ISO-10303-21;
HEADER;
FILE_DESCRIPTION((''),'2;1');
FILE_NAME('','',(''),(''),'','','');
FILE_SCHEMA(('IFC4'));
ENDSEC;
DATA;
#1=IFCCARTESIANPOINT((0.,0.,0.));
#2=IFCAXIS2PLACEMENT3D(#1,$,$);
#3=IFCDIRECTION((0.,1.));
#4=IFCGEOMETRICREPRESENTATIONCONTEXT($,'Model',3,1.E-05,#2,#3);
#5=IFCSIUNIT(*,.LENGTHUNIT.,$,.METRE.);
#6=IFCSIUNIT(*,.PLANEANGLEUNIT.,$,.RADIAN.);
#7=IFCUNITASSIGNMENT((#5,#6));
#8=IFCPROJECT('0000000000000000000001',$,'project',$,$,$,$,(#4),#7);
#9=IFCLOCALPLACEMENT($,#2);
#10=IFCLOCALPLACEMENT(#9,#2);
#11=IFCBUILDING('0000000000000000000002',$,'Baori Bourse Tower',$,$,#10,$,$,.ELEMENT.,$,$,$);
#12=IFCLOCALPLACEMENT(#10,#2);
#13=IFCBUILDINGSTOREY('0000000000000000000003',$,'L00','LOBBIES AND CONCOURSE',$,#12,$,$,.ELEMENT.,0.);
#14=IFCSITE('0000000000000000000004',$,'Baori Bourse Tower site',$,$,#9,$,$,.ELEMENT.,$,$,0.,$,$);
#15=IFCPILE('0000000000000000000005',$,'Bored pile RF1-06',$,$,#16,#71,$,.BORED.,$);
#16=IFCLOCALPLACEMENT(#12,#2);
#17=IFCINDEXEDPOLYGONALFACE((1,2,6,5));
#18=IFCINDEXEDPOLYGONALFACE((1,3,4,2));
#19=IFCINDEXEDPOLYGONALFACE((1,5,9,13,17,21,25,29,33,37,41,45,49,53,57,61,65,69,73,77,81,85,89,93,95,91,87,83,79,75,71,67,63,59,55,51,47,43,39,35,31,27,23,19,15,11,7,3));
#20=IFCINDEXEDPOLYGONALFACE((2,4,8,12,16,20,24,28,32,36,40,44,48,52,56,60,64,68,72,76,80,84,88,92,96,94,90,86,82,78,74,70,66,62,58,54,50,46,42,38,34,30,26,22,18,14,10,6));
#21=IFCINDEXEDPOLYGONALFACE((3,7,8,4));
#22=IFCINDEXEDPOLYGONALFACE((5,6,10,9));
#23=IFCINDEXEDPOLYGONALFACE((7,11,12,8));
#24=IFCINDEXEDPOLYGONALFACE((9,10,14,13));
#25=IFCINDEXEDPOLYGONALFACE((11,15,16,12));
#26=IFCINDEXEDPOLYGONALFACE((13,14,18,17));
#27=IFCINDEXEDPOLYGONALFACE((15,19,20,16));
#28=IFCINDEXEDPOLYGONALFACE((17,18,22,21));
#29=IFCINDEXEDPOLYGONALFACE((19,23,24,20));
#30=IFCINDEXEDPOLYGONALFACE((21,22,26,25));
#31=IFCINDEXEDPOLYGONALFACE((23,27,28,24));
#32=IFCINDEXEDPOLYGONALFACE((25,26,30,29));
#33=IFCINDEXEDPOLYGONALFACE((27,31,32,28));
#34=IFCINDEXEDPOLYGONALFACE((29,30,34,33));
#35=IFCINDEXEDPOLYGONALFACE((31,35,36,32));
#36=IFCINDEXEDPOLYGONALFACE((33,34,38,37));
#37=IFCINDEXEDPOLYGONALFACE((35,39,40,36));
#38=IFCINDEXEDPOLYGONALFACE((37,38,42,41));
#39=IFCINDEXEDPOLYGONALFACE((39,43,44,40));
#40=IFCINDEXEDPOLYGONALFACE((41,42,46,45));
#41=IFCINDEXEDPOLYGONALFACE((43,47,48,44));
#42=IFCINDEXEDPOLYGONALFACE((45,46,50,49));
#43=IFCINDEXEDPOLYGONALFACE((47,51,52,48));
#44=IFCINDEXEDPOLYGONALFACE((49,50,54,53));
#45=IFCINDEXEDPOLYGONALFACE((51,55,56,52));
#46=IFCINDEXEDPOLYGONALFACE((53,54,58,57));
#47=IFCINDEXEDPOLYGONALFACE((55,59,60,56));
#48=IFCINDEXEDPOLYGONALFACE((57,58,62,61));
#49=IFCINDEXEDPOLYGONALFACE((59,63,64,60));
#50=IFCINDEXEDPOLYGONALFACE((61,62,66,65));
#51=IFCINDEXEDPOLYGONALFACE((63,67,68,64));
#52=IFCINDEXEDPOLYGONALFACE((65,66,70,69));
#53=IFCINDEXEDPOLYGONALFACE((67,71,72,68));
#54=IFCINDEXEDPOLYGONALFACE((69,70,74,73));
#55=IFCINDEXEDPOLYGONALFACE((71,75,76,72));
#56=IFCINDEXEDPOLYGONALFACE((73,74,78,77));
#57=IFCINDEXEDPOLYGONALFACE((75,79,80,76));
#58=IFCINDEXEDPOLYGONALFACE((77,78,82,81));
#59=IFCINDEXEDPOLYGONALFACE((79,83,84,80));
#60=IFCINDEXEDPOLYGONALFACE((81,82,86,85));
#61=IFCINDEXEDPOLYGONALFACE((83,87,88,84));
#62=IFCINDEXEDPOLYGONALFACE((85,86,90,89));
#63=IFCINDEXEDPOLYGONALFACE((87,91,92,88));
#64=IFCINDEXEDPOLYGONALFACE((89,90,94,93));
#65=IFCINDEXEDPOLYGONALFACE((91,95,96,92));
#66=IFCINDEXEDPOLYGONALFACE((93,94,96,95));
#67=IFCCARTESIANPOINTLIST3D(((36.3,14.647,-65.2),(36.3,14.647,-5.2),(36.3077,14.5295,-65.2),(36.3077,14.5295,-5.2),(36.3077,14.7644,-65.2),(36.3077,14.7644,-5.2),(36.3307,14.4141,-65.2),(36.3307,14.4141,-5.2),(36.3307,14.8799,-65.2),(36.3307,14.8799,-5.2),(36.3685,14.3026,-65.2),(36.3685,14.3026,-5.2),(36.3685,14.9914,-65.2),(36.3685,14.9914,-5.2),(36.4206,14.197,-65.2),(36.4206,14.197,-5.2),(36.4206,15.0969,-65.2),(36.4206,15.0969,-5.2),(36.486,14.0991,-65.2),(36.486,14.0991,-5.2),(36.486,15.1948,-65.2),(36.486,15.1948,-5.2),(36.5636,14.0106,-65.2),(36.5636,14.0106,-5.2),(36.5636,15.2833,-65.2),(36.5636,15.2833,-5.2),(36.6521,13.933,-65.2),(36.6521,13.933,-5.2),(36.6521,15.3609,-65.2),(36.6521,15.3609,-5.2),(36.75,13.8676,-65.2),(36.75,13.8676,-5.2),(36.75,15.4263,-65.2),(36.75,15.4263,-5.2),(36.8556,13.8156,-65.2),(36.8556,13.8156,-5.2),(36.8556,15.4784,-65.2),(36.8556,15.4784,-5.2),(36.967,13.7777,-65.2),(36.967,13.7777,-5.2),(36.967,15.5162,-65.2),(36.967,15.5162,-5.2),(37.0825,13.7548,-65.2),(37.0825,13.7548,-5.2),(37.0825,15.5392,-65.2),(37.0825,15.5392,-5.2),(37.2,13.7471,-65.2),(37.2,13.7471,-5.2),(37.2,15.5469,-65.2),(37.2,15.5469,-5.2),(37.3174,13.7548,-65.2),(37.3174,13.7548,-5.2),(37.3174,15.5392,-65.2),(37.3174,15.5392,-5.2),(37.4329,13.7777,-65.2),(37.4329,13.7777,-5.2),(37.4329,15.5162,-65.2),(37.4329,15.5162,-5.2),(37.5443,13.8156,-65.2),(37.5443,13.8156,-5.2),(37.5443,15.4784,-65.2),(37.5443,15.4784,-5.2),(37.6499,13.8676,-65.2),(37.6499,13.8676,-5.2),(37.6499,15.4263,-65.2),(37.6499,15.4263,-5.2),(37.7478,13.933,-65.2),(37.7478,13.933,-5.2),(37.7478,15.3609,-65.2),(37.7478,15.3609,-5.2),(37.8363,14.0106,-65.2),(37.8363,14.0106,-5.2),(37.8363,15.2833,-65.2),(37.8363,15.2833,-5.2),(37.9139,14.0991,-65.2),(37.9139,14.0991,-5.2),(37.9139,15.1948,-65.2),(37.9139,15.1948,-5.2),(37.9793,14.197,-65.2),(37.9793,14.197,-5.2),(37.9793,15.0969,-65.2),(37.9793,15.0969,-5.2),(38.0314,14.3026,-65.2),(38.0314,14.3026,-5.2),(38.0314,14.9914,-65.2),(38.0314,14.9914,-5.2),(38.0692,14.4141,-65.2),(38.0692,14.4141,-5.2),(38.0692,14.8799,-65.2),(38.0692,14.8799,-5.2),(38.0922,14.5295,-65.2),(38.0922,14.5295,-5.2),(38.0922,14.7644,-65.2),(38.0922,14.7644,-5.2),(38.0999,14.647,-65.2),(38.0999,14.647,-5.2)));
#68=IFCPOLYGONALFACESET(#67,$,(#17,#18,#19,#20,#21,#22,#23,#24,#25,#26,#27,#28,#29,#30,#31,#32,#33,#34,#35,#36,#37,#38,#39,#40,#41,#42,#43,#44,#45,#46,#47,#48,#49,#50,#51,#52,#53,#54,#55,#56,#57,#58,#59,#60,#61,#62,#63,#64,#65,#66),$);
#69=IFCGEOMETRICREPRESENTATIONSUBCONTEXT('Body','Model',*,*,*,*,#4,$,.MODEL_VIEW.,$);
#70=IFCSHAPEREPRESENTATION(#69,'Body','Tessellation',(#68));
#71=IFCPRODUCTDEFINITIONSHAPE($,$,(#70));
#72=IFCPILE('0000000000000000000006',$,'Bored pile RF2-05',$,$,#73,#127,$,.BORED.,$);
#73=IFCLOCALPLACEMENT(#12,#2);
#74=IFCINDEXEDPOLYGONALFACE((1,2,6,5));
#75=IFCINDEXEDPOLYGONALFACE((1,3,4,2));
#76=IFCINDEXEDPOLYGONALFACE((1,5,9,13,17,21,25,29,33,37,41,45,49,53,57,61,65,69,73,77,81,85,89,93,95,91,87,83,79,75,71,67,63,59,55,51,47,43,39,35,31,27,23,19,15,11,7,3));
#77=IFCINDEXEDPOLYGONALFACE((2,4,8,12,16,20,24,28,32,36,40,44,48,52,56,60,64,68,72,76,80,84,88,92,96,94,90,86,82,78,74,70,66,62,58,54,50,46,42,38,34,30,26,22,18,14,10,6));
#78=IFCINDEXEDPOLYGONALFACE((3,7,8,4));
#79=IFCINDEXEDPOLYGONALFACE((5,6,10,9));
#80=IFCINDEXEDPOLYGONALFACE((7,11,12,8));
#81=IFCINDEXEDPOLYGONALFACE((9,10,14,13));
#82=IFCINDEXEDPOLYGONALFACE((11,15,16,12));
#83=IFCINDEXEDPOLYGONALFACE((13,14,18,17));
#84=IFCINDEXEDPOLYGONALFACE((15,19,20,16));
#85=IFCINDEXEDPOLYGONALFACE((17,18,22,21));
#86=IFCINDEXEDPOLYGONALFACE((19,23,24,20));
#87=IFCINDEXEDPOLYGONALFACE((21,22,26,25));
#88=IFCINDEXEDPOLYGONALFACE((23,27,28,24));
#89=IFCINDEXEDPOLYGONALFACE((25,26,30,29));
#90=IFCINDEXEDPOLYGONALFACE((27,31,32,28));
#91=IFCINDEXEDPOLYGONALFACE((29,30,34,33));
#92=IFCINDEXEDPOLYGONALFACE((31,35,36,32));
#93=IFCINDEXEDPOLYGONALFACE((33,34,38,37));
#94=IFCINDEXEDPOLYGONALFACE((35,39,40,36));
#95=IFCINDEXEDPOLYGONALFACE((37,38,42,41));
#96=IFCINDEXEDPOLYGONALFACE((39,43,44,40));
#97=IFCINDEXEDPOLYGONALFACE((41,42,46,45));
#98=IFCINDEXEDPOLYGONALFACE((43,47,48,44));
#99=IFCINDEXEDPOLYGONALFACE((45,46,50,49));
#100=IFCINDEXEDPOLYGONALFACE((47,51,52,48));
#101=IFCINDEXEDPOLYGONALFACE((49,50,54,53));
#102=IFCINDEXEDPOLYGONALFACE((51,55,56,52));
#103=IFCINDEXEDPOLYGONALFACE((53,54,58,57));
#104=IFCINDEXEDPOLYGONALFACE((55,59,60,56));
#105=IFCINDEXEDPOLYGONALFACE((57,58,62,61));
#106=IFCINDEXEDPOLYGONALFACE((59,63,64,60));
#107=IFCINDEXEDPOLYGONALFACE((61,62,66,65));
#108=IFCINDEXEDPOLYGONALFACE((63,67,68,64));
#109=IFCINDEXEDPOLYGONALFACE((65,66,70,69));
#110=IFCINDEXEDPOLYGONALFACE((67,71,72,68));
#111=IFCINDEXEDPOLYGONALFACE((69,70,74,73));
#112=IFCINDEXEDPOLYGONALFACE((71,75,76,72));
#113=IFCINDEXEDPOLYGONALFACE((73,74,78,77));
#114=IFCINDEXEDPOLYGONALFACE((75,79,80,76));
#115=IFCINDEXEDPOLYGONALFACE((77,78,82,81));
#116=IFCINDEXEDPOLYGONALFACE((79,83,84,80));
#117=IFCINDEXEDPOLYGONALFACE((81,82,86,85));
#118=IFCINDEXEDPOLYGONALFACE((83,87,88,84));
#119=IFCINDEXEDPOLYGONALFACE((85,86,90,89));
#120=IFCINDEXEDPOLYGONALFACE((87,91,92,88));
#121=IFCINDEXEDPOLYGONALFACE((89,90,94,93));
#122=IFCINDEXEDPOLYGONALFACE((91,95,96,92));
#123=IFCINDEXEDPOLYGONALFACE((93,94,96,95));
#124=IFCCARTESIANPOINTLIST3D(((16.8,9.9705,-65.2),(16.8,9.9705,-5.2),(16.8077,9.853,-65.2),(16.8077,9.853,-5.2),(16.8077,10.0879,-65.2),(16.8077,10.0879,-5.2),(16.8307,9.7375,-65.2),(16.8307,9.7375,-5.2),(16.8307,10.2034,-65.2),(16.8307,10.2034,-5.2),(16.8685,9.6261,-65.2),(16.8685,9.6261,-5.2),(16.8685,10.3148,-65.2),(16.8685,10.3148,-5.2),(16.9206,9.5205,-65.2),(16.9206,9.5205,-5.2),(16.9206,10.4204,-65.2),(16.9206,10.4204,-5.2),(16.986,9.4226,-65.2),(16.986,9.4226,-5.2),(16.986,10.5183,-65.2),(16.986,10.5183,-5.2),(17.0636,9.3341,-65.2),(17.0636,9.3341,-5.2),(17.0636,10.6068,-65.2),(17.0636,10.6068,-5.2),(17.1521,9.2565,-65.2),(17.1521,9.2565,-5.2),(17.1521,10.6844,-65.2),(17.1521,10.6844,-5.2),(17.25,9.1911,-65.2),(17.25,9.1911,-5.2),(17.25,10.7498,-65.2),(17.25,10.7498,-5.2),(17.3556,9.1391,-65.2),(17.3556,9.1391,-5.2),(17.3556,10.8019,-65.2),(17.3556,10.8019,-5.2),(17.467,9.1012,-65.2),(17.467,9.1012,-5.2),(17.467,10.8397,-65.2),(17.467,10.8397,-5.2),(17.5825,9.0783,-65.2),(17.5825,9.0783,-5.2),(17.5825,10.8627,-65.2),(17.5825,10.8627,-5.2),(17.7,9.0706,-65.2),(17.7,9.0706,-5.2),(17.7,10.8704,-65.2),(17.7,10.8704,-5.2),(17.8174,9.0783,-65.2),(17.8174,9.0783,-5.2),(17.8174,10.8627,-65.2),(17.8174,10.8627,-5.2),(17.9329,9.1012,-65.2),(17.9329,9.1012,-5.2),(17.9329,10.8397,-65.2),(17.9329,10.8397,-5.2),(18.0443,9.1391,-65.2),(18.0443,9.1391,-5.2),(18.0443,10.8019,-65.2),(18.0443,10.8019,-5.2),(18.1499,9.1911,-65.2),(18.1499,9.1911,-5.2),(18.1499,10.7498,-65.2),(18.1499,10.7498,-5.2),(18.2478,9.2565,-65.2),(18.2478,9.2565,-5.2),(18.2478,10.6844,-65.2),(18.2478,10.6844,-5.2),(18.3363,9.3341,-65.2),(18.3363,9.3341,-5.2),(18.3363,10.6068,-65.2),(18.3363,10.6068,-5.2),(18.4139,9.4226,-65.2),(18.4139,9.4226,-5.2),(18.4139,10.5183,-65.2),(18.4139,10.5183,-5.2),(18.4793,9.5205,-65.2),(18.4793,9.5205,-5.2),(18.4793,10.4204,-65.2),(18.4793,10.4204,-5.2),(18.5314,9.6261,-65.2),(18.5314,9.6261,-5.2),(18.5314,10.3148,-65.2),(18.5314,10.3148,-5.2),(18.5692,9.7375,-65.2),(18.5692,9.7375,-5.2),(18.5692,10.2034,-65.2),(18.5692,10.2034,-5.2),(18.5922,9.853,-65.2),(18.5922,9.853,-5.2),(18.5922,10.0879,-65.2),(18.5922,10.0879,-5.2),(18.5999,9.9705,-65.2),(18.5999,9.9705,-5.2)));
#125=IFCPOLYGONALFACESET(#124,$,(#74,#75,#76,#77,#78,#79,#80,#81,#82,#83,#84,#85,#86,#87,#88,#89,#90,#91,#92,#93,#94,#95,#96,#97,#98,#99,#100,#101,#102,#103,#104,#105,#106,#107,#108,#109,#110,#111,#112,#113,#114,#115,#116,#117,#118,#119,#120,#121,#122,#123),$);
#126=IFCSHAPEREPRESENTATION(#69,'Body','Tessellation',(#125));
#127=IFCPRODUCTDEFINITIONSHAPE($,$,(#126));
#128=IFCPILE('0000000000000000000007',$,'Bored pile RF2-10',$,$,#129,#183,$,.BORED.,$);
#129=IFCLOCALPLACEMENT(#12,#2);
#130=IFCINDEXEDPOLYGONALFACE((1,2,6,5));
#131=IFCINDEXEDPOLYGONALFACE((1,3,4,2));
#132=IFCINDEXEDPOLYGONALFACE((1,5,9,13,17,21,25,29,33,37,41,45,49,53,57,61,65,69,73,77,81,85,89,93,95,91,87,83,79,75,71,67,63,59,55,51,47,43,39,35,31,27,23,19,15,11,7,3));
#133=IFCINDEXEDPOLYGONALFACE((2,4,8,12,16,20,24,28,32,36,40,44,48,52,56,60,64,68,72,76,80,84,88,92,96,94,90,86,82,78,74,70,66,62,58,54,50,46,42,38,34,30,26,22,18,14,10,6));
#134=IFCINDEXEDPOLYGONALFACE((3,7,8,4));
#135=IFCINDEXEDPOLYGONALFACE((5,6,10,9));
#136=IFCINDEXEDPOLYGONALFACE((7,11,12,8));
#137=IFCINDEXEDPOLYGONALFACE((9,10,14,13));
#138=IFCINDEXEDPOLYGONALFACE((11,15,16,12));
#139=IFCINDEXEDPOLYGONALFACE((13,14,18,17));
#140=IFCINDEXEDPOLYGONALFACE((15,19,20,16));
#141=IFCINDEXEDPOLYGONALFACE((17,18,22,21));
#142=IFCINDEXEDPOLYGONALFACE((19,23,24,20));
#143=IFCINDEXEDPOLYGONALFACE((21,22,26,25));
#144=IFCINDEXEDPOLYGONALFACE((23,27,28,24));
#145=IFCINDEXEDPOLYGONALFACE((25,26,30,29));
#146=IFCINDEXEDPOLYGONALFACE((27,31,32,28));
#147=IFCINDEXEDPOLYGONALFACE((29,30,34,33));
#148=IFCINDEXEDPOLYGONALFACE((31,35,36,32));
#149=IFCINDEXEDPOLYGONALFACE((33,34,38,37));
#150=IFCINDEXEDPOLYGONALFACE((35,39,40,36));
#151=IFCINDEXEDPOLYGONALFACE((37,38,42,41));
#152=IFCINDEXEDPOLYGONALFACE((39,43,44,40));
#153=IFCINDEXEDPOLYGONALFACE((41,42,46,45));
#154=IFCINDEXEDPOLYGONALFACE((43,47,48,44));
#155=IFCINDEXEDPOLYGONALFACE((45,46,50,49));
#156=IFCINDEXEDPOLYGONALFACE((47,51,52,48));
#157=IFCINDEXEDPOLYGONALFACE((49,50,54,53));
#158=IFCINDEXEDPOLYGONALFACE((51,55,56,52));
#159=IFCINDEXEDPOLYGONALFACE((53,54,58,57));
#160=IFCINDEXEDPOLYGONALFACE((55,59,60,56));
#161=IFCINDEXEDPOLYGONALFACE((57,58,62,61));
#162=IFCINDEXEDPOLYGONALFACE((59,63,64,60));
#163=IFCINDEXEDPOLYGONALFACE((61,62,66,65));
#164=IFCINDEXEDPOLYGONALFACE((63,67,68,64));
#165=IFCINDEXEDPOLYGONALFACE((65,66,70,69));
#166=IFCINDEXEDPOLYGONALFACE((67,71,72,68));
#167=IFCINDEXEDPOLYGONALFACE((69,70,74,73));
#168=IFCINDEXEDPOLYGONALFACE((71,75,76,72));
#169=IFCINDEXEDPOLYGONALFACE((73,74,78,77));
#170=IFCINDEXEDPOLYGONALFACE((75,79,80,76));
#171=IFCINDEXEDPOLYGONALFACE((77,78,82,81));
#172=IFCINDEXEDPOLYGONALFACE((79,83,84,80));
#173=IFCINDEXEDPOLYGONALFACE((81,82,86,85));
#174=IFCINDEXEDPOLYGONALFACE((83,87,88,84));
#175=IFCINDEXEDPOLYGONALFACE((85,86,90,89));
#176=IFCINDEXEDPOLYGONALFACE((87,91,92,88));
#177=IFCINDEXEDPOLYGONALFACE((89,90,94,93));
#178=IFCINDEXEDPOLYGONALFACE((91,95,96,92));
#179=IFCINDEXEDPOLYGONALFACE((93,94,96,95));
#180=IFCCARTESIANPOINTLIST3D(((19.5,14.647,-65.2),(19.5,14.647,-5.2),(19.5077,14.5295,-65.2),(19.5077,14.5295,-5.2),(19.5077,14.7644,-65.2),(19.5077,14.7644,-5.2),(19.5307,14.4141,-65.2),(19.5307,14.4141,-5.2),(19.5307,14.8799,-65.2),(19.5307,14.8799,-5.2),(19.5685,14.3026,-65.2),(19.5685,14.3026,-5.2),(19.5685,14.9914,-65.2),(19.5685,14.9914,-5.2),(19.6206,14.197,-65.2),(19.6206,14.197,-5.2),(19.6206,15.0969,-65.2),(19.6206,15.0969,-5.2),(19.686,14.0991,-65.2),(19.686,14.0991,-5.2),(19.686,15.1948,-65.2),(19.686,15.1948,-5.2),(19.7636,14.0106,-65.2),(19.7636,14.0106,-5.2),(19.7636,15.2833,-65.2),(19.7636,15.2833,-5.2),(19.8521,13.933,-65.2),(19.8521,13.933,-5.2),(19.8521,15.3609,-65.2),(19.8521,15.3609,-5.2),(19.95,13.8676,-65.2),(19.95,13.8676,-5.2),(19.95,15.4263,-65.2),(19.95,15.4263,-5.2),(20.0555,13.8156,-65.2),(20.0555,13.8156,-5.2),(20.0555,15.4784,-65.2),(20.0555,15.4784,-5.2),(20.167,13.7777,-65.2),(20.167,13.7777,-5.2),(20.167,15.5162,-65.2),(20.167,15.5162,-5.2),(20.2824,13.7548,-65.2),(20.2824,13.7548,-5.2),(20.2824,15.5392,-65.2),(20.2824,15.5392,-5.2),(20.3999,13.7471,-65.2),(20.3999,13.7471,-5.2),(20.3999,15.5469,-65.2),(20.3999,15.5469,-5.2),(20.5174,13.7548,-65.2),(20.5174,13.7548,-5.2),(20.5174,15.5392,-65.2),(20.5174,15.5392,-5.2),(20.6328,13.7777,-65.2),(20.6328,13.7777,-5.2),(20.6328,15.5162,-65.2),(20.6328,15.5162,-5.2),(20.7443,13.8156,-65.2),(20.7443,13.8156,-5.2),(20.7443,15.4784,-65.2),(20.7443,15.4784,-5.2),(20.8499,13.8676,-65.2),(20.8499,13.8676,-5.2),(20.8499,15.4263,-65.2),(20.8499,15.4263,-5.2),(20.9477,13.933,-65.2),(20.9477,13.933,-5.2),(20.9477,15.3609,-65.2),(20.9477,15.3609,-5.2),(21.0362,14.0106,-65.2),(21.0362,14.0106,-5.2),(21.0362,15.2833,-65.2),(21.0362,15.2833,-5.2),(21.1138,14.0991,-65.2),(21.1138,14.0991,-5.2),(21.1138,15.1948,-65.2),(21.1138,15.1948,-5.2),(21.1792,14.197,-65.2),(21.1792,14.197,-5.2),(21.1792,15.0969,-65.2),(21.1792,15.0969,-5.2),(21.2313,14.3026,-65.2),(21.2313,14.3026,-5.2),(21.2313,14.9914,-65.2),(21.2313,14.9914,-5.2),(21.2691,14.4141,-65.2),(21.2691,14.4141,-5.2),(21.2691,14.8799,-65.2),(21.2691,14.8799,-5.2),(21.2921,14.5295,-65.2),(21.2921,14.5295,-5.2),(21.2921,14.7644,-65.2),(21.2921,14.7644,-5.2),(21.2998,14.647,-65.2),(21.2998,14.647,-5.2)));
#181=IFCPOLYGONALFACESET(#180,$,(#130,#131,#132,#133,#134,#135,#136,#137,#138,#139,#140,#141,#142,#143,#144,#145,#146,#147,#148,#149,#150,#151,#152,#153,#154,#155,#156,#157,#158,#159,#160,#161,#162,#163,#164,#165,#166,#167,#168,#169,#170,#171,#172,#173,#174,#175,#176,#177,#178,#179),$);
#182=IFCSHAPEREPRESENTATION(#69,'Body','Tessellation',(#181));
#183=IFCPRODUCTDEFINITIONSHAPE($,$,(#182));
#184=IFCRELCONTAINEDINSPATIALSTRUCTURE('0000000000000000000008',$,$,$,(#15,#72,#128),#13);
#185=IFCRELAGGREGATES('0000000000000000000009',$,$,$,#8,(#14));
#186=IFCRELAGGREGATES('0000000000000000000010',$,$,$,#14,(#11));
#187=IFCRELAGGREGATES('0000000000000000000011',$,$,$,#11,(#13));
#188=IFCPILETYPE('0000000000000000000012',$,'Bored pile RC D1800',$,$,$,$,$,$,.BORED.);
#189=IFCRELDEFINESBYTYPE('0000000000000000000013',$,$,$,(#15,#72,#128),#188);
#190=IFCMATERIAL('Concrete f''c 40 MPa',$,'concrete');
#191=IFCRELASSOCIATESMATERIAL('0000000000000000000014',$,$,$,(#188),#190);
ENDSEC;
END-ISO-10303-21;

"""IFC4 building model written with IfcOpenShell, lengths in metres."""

from ifc_helpers import new_model, si_unit, direction, frame, origin, origin_2d, place, context, subcontext, project, spatial, circle, extrude, material, material_profile, profile_set, type_object, element, save


model = new_model("IFC4")

# Units and contexts
model_context = context("Model", 3, precision=1e-05, world=origin(), true_north=direction((0.0, 1.0)))
body_context = subcontext(model_context, "Body", "Model", "MODEL_VIEW")
ifc_project = project(units=[si_unit("LENGTHUNIT", "METRE"), si_unit("PLANEANGLEUNIT", "RADIAN")], contexts=[model_context])

# Site, building, storey
site_placement = place(None, origin())
site = spatial("IfcSite", under=ifc_project, at=site_placement, Name="Baori Bourse Tower site", CompositionType="ELEMENT", RefElevation=0.0)
building_placement = place(site_placement, origin())
building = spatial("IfcBuilding", under=site, at=building_placement, Name="Baori Bourse Tower", CompositionType="ELEMENT")
storey_placement = place(building_placement, origin())
storey = spatial("IfcBuildingStorey", under=building, at=storey_placement, Name="L00", Description="LOBBIES AND CONCOURSE", CompositionType="ELEMENT", Elevation=0.0)

# Piles
ifc_material_1 = material(Name="Concrete f'c 40 MPa", Category="concrete")
ifc_material_profile_1 = material_profile(ifc_material_1, circle(Radius=0.8999, at=origin_2d()), Name="RC D1800")
ifc_profile_set_1 = profile_set([ifc_material_profile_1], Name="Concrete f'c 40 MPa")
pile_type = type_object("IfcPileType", Name="Bored pile RC D1800", PredefinedType="BORED", material=ifc_profile_set_1)
for number, where, z_axis, x_axis, name in (
    (1, (37.2, 14.647, -5.2), (0.0, 0.0, -1.0), (1.0, 0.0, 0.0), "Bored pile RF1-06"),
    (2, (17.7, 9.9705, -5.2), (0.0, 0.0, -1.0), (1.0, 0.0, 0.0), "Bored pile RF2-05"),
    (3, (20.3999, 14.647, -5.2), (0.0, 0.0, -1.0), (1.0, 0.0, 0.0), "Bored pile RF2-10"),
):
    element("IfcPile", number, at=place(storey_placement, frame(where, z_axis=z_axis, x_axis=x_axis)), inside=storey, type_object=pile_type, Name=name, PredefinedType="BORED", context=body_context, shape_type="SweptSolid", body=[
        extrude(circle(Radius=0.8999, at=origin_2d()), origin(), (0.0, 0.0, 1.0), 60.0),
    ])

save(model, "model.ifc")
